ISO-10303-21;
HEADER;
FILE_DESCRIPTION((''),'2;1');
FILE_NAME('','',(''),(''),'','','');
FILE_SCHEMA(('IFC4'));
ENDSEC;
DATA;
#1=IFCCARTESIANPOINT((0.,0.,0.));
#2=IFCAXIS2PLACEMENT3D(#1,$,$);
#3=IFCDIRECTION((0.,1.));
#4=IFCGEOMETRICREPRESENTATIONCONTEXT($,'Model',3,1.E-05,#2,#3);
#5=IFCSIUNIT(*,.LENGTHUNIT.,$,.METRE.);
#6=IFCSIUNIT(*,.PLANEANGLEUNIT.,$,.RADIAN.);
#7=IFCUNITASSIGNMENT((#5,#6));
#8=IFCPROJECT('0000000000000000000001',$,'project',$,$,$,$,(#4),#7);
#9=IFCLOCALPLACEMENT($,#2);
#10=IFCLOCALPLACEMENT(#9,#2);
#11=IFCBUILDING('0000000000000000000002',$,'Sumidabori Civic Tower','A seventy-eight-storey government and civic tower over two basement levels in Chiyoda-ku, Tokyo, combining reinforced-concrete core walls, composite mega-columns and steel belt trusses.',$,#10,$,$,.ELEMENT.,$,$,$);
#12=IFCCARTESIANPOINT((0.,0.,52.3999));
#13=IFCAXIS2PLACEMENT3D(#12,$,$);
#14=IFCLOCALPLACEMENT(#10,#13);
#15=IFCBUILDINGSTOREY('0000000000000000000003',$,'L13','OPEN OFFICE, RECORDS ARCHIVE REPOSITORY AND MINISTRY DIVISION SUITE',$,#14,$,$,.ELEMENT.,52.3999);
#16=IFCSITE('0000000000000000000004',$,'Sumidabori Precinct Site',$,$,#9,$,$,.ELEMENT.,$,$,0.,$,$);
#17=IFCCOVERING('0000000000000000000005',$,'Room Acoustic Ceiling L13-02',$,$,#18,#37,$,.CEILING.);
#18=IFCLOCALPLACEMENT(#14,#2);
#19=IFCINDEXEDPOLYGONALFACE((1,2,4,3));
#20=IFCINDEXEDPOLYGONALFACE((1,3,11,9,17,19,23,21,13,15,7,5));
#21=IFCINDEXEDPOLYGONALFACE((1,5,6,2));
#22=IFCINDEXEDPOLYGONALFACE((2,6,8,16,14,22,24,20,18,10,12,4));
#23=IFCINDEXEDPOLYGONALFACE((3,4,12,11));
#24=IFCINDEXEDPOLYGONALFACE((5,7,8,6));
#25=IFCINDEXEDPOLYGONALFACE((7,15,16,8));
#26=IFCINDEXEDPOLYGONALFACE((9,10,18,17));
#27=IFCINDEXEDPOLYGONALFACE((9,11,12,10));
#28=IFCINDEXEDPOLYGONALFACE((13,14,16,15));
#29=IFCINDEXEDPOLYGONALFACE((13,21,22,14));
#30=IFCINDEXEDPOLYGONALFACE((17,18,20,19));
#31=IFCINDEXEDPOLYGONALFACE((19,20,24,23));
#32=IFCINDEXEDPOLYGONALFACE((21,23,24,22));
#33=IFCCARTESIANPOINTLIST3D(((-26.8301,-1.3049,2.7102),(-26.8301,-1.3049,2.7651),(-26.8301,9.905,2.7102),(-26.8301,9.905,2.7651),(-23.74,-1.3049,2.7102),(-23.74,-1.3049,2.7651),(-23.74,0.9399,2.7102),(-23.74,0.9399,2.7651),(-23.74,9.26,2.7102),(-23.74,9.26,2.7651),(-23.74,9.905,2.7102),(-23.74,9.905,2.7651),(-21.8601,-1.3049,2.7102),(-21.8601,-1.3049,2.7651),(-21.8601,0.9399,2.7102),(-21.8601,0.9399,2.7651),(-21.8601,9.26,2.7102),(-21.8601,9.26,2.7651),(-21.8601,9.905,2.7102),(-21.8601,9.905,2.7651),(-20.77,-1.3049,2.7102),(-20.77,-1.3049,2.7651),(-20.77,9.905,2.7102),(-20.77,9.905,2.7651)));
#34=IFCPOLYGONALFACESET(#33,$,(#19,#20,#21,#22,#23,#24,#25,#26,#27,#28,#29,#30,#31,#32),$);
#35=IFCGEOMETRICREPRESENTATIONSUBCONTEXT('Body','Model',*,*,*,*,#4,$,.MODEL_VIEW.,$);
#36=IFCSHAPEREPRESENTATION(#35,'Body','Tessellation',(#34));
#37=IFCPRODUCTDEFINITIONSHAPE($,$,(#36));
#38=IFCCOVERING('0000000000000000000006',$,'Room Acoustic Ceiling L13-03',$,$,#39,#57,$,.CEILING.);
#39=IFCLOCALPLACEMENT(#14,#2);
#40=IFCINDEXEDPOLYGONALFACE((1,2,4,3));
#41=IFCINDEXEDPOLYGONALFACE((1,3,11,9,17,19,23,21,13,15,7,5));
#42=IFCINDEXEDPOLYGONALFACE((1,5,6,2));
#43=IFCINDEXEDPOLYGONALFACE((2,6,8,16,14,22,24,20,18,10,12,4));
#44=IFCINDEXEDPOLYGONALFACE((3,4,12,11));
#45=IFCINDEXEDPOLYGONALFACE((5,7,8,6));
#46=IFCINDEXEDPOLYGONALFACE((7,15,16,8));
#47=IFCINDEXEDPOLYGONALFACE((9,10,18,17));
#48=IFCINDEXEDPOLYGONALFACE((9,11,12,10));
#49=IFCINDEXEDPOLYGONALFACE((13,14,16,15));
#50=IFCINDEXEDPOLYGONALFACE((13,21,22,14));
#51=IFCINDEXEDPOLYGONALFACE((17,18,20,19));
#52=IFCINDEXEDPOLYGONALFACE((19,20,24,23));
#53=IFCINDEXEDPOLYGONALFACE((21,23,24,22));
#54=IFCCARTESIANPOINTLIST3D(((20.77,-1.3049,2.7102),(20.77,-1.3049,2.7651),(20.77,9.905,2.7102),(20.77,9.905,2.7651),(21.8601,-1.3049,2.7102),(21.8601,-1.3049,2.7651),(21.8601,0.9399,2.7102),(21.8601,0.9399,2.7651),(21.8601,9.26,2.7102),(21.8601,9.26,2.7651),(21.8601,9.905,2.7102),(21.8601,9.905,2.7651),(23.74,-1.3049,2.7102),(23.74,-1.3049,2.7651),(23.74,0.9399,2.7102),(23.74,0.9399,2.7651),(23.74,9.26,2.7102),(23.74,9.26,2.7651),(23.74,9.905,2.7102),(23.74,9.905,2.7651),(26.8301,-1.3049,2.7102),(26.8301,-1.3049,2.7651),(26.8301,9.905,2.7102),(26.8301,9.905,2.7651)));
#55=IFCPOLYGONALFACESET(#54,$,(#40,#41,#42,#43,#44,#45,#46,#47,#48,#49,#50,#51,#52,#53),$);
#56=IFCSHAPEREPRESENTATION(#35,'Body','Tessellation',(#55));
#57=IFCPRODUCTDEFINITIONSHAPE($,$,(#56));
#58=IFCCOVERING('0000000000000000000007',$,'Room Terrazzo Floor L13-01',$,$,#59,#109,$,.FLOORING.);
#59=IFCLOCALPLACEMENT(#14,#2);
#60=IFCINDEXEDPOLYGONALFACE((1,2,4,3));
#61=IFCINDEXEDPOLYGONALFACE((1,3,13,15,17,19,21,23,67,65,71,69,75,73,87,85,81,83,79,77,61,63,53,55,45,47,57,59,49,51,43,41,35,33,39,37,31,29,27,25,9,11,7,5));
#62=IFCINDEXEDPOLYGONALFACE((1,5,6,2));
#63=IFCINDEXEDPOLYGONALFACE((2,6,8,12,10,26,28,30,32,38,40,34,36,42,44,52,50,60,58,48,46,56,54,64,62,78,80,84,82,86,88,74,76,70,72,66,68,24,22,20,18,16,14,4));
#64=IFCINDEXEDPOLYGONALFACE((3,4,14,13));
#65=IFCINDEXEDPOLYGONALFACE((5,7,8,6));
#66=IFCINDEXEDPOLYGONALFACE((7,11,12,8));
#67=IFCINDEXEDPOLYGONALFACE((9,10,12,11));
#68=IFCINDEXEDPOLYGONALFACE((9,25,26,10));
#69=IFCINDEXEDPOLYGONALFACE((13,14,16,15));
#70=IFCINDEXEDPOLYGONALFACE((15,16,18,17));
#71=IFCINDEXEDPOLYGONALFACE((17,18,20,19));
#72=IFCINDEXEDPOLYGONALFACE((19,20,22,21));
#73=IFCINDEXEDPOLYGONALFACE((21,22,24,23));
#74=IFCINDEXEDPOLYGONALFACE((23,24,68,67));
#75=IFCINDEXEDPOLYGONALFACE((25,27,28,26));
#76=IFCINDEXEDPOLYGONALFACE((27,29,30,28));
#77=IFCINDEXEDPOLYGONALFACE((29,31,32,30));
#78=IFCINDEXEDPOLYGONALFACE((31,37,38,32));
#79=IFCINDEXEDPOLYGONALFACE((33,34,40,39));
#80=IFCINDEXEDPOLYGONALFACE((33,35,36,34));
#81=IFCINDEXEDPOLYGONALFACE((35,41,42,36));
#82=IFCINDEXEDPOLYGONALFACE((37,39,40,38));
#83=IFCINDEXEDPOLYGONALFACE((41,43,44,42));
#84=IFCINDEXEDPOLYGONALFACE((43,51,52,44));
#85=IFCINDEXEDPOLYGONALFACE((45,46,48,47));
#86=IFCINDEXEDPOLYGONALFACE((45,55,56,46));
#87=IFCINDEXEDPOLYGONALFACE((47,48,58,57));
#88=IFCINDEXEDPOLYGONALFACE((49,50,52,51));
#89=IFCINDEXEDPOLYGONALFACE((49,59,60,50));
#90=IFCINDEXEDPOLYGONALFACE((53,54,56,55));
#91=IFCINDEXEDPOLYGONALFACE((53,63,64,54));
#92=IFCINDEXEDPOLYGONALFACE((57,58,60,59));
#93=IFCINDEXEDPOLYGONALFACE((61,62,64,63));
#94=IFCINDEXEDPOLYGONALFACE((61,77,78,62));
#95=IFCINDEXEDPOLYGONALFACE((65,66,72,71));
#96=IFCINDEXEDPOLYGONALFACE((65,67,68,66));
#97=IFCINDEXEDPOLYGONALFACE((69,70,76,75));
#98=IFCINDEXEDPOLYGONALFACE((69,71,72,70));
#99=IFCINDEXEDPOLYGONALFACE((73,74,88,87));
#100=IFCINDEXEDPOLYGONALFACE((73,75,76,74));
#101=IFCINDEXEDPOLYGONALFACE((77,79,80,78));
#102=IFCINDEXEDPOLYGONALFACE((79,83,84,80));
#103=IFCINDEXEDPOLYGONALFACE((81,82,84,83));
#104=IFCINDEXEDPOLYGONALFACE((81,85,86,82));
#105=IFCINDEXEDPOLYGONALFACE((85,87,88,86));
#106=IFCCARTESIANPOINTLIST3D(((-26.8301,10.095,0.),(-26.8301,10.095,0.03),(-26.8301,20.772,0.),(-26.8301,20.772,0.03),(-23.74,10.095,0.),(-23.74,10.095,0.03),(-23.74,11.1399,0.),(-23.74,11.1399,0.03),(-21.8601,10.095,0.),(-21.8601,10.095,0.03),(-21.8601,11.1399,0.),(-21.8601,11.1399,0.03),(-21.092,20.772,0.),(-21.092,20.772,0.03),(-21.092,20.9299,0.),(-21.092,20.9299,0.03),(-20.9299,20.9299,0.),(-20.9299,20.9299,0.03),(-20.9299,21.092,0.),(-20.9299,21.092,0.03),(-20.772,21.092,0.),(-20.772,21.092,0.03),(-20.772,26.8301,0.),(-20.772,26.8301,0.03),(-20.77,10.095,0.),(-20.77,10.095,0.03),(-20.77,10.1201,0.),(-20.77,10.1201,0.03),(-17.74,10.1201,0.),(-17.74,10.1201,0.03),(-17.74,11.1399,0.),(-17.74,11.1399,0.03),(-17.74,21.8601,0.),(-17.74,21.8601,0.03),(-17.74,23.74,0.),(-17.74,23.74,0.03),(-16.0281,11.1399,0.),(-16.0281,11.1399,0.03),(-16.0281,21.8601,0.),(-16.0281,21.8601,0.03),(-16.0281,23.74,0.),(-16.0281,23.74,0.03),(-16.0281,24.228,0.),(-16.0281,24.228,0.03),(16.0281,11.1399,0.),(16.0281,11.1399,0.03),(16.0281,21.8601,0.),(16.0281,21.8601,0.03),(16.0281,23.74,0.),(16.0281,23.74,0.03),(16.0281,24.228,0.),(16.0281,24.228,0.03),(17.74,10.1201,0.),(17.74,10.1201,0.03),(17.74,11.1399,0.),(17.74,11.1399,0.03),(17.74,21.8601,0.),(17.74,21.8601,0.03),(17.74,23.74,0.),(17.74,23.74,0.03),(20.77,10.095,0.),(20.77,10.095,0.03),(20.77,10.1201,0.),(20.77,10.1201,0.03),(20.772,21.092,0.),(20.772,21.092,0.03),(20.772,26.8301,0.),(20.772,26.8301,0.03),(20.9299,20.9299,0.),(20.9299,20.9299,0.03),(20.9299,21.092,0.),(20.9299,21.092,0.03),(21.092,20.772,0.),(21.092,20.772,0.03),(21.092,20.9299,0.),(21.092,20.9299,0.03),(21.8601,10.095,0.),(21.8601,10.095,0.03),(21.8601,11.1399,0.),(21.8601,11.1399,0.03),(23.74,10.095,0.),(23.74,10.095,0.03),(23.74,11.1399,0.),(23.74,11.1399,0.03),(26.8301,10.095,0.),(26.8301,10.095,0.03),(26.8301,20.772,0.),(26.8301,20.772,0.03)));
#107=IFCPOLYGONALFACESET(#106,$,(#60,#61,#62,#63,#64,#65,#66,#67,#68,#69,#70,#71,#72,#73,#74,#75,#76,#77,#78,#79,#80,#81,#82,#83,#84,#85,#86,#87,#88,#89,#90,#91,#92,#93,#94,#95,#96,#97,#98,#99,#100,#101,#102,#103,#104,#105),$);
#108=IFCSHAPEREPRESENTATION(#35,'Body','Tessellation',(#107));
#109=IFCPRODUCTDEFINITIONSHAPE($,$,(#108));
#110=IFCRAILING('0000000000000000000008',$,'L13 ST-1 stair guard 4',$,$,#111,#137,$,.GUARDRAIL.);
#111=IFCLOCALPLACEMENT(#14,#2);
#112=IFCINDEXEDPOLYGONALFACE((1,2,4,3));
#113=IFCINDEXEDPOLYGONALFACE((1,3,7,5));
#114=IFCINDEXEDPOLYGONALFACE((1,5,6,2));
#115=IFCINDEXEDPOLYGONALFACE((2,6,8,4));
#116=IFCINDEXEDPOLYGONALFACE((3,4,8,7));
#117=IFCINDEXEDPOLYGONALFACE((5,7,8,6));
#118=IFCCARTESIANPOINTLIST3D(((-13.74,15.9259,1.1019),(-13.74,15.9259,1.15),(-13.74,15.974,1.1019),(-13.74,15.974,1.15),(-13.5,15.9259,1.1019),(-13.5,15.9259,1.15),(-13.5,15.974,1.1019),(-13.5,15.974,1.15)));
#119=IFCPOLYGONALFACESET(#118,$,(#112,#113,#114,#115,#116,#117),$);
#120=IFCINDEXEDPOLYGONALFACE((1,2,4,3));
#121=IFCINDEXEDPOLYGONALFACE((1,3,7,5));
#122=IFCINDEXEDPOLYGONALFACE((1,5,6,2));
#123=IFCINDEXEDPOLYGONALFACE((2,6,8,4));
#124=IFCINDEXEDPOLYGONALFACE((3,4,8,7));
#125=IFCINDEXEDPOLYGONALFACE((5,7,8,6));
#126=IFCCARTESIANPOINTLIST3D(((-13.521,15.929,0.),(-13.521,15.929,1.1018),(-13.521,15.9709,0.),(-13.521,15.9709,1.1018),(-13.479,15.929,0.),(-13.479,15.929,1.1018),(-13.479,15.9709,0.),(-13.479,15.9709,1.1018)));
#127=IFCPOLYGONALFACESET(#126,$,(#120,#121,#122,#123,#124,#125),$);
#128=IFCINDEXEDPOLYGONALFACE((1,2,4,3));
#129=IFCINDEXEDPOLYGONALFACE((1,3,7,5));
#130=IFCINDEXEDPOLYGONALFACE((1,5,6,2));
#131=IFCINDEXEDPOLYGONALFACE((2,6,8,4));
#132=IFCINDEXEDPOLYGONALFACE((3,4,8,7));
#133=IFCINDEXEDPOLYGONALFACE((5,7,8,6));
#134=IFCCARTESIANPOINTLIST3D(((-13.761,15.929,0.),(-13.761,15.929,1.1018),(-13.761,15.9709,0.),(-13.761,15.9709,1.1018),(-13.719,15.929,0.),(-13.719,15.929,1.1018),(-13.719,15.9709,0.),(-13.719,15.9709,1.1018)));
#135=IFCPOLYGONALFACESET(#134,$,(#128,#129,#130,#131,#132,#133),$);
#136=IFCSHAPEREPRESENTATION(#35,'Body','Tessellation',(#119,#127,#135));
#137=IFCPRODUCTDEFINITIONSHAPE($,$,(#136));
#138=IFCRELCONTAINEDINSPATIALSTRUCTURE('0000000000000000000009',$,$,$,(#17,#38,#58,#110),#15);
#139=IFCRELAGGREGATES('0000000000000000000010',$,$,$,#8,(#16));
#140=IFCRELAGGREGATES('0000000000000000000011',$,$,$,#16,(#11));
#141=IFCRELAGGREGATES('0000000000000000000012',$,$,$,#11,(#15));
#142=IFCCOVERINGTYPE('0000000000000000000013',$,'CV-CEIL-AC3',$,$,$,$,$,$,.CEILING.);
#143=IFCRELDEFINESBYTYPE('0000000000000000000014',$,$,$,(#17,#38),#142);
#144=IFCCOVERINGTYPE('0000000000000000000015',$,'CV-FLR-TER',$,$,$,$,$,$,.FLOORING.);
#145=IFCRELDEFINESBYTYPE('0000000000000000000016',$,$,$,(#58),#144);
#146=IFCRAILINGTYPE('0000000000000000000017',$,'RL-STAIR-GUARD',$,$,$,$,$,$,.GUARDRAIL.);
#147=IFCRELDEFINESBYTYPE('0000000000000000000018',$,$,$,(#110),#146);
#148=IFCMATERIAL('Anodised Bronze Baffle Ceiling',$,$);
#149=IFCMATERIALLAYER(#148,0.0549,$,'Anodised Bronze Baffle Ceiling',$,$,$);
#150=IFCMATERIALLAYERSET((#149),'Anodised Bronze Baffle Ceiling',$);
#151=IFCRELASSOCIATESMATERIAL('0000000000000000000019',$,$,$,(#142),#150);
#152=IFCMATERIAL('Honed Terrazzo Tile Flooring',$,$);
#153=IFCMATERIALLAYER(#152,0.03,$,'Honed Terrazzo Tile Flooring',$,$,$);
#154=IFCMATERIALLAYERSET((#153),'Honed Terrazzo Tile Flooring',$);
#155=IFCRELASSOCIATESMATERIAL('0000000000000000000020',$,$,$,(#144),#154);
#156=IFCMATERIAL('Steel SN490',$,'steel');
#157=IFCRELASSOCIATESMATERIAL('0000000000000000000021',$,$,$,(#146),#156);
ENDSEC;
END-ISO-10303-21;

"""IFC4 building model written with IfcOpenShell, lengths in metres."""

from ifc_helpers import new_model, si_unit, direction, frame, origin, origin_2d, place, context, subcontext, project, spatial, polyline, rectangle, outline, extrude, material, layer, layer_set, type_object, element, save


model = new_model("IFC4")

# Units and contexts
model_context = context("Model", 3, precision=1e-05, world=origin(), true_north=direction((0.0, 1.0)))
body_context = subcontext(model_context, "Body", "Model", "MODEL_VIEW")
ifc_project = project(units=[si_unit("LENGTHUNIT", "METRE"), si_unit("PLANEANGLEUNIT", "RADIAN")], contexts=[model_context])

# Site, building, storey
site_placement = place(None, origin())
site = spatial("IfcSite", under=ifc_project, at=site_placement, Name="Sumidabori Precinct Site", CompositionType="ELEMENT", RefElevation=0.0)
building_placement = place(site_placement, origin())
building = spatial("IfcBuilding", under=site, at=building_placement, Name="Sumidabori Civic Tower", Description="A seventy-eight-storey government and civic tower over two basement levels in Chiyoda-ku, Tokyo, combining reinforced-concrete core walls, composite mega-columns and steel belt trusses.", CompositionType="ELEMENT")
storey_placement = place(building_placement, frame((0.0, 0.0, 52.3999)))
storey = spatial("IfcBuildingStorey", under=building, at=storey_placement, Name="L13", Description="OPEN OFFICE, RECORDS ARCHIVE REPOSITORY AND MINISTRY DIVISION SUITE", CompositionType="ELEMENT", Elevation=52.3999)

# Shared definitions
ifc_material_1 = material(Name="Steel SN490", Category="steel")

# Coverings
ifc_material_2 = material(Name="Anodised Bronze Baffle Ceiling")
ifc_layer_1 = layer(ifc_material_2, 0.0549, Name="Anodised Bronze Baffle Ceiling")
ifc_layer_set_1 = layer_set([ifc_layer_1], Name="Anodised Bronze Baffle Ceiling")
covering_type_1 = type_object("IfcCoveringType", Name="CV-CEIL-AC3", PredefinedType="CEILING", material=ifc_layer_set_1)
covering_1_placement = place(storey_placement, frame((0.0, 0.0, 2.7102)))
element("IfcCovering", 1, at=covering_1_placement, inside=storey, type_object=covering_type_1, Name="Room Acoustic Ceiling L13-02", PredefinedType="CEILING", context=body_context, shape_type="SweptSolid", body=[
    extrude(outline(polyline([(-26.8301, -1.3049), (-26.8301, 9.905), (-23.74, 9.905), (-23.74, 9.26), (-21.8601, 9.26), (-21.8601, 9.905), (-20.77, 9.905), (-20.77, -1.3049), (-21.8601, -1.3049), (-21.8601, 0.9399), (-23.74, 0.9399), (-23.74, -1.3049), (-26.8301, -1.3049)])), origin(), (0.0, 0.0, 1.0), 0.0549),
])
covering_2_placement = place(storey_placement, frame((0.0, 0.0, 2.7102)))
element("IfcCovering", 2, at=covering_2_placement, inside=storey, type_object=covering_type_1, Name="Room Acoustic Ceiling L13-03", PredefinedType="CEILING", context=body_context, shape_type="SweptSolid", body=[
    extrude(outline(polyline([(20.77, 9.905), (21.8601, 9.905), (21.8601, 9.26), (23.74, 9.26), (23.74, 9.905), (26.8301, 9.905), (26.8301, -1.3049), (23.74, -1.3049), (23.74, 0.9399), (21.8601, 0.9399), (21.8601, -1.3049), (20.77, -1.3049), (20.77, 9.905)])), origin(), (0.0, 0.0, 1.0), 0.0549),
])
ifc_material_3 = material(Name="Honed Terrazzo Tile Flooring")
ifc_layer_2 = layer(ifc_material_3, 0.03, Name="Honed Terrazzo Tile Flooring")
ifc_layer_set_2 = layer_set([ifc_layer_2], Name="Honed Terrazzo Tile Flooring")
covering_type_2 = type_object("IfcCoveringType", Name="CV-FLR-TER", PredefinedType="FLOORING", material=ifc_layer_set_2)
covering_3_placement = place(storey_placement, origin())
element("IfcCovering", 3, at=covering_3_placement, inside=storey, type_object=covering_type_2, Name="Room Terrazzo Floor L13-01", PredefinedType="FLOORING", context=body_context, shape_type="SweptSolid", body=[
    extrude(outline(polyline([(-26.8301, 10.095), (-26.8301, 20.772), (-21.092, 20.772), (-21.092, 20.9299), (-20.9299, 20.9299), (-20.9299, 21.092), (-20.772, 21.092), (-20.772, 26.8301), (20.772, 26.8301), (20.772, 21.092), (20.9299, 21.092), (20.9299, 20.9299), (21.092, 20.9299), (21.092, 20.772), (26.8301, 20.772), (26.8301, 10.095), (23.74, 10.095), (23.74, 11.1399), (21.8601, 11.1399), (21.8601, 10.095), (20.77, 10.095), (20.77, 10.1201), (17.74, 10.1201), (17.74, 11.1399), (16.0281, 11.1399), (16.0281, 21.8601), (17.74, 21.8601), (17.74, 23.74), (16.0281, 23.74), (16.0281, 24.228), (-16.0281, 24.228), (-16.0281, 23.74), (-17.74, 23.74), (-17.74, 21.8601), (-16.0281, 21.8601), (-16.0281, 11.1399), (-17.74, 11.1399), (-17.74, 10.1201), (-20.77, 10.1201), (-20.77, 10.095), (-21.8601, 10.095), (-21.8601, 11.1399), (-23.74, 11.1399), (-23.74, 10.095), (-26.8301, 10.095)])), origin(), (0.0, 0.0, 1.0), 0.03),
])

# Railing
railing_type = type_object("IfcRailingType", Name="RL-STAIR-GUARD", PredefinedType="GUARDRAIL", material=ifc_material_1)
railing_placement = place(storey_placement, frame((-13.5, 15.95, 0.0)))
element("IfcRailing", 4, at=railing_placement, inside=storey, type_object=railing_type, Name="L13 ST-1 stair guard 4", PredefinedType="GUARDRAIL", context=body_context, shape_type="SweptSolid", body=[
    extrude(rectangle(XDim=0.0481, YDim=0.0481, at=origin_2d()), frame((0.0, 0.0, 1.126), z_axis=(-1.0, 0.0, 0.0), x_axis=(0.0, -1.0, 0.0)), (0.0, 0.0, 1.0), 0.24),
    extrude(rectangle(XDim=0.042, YDim=0.042, at=origin_2d()), origin(), (0.0, 0.0, 1.0), 1.1018),
    extrude(rectangle(XDim=0.042, YDim=0.042, at=origin_2d()), frame((-0.24, 0.0, 0.0)), (0.0, 0.0, 1.0), 1.1018),
])

save(model, "model.ifc")
